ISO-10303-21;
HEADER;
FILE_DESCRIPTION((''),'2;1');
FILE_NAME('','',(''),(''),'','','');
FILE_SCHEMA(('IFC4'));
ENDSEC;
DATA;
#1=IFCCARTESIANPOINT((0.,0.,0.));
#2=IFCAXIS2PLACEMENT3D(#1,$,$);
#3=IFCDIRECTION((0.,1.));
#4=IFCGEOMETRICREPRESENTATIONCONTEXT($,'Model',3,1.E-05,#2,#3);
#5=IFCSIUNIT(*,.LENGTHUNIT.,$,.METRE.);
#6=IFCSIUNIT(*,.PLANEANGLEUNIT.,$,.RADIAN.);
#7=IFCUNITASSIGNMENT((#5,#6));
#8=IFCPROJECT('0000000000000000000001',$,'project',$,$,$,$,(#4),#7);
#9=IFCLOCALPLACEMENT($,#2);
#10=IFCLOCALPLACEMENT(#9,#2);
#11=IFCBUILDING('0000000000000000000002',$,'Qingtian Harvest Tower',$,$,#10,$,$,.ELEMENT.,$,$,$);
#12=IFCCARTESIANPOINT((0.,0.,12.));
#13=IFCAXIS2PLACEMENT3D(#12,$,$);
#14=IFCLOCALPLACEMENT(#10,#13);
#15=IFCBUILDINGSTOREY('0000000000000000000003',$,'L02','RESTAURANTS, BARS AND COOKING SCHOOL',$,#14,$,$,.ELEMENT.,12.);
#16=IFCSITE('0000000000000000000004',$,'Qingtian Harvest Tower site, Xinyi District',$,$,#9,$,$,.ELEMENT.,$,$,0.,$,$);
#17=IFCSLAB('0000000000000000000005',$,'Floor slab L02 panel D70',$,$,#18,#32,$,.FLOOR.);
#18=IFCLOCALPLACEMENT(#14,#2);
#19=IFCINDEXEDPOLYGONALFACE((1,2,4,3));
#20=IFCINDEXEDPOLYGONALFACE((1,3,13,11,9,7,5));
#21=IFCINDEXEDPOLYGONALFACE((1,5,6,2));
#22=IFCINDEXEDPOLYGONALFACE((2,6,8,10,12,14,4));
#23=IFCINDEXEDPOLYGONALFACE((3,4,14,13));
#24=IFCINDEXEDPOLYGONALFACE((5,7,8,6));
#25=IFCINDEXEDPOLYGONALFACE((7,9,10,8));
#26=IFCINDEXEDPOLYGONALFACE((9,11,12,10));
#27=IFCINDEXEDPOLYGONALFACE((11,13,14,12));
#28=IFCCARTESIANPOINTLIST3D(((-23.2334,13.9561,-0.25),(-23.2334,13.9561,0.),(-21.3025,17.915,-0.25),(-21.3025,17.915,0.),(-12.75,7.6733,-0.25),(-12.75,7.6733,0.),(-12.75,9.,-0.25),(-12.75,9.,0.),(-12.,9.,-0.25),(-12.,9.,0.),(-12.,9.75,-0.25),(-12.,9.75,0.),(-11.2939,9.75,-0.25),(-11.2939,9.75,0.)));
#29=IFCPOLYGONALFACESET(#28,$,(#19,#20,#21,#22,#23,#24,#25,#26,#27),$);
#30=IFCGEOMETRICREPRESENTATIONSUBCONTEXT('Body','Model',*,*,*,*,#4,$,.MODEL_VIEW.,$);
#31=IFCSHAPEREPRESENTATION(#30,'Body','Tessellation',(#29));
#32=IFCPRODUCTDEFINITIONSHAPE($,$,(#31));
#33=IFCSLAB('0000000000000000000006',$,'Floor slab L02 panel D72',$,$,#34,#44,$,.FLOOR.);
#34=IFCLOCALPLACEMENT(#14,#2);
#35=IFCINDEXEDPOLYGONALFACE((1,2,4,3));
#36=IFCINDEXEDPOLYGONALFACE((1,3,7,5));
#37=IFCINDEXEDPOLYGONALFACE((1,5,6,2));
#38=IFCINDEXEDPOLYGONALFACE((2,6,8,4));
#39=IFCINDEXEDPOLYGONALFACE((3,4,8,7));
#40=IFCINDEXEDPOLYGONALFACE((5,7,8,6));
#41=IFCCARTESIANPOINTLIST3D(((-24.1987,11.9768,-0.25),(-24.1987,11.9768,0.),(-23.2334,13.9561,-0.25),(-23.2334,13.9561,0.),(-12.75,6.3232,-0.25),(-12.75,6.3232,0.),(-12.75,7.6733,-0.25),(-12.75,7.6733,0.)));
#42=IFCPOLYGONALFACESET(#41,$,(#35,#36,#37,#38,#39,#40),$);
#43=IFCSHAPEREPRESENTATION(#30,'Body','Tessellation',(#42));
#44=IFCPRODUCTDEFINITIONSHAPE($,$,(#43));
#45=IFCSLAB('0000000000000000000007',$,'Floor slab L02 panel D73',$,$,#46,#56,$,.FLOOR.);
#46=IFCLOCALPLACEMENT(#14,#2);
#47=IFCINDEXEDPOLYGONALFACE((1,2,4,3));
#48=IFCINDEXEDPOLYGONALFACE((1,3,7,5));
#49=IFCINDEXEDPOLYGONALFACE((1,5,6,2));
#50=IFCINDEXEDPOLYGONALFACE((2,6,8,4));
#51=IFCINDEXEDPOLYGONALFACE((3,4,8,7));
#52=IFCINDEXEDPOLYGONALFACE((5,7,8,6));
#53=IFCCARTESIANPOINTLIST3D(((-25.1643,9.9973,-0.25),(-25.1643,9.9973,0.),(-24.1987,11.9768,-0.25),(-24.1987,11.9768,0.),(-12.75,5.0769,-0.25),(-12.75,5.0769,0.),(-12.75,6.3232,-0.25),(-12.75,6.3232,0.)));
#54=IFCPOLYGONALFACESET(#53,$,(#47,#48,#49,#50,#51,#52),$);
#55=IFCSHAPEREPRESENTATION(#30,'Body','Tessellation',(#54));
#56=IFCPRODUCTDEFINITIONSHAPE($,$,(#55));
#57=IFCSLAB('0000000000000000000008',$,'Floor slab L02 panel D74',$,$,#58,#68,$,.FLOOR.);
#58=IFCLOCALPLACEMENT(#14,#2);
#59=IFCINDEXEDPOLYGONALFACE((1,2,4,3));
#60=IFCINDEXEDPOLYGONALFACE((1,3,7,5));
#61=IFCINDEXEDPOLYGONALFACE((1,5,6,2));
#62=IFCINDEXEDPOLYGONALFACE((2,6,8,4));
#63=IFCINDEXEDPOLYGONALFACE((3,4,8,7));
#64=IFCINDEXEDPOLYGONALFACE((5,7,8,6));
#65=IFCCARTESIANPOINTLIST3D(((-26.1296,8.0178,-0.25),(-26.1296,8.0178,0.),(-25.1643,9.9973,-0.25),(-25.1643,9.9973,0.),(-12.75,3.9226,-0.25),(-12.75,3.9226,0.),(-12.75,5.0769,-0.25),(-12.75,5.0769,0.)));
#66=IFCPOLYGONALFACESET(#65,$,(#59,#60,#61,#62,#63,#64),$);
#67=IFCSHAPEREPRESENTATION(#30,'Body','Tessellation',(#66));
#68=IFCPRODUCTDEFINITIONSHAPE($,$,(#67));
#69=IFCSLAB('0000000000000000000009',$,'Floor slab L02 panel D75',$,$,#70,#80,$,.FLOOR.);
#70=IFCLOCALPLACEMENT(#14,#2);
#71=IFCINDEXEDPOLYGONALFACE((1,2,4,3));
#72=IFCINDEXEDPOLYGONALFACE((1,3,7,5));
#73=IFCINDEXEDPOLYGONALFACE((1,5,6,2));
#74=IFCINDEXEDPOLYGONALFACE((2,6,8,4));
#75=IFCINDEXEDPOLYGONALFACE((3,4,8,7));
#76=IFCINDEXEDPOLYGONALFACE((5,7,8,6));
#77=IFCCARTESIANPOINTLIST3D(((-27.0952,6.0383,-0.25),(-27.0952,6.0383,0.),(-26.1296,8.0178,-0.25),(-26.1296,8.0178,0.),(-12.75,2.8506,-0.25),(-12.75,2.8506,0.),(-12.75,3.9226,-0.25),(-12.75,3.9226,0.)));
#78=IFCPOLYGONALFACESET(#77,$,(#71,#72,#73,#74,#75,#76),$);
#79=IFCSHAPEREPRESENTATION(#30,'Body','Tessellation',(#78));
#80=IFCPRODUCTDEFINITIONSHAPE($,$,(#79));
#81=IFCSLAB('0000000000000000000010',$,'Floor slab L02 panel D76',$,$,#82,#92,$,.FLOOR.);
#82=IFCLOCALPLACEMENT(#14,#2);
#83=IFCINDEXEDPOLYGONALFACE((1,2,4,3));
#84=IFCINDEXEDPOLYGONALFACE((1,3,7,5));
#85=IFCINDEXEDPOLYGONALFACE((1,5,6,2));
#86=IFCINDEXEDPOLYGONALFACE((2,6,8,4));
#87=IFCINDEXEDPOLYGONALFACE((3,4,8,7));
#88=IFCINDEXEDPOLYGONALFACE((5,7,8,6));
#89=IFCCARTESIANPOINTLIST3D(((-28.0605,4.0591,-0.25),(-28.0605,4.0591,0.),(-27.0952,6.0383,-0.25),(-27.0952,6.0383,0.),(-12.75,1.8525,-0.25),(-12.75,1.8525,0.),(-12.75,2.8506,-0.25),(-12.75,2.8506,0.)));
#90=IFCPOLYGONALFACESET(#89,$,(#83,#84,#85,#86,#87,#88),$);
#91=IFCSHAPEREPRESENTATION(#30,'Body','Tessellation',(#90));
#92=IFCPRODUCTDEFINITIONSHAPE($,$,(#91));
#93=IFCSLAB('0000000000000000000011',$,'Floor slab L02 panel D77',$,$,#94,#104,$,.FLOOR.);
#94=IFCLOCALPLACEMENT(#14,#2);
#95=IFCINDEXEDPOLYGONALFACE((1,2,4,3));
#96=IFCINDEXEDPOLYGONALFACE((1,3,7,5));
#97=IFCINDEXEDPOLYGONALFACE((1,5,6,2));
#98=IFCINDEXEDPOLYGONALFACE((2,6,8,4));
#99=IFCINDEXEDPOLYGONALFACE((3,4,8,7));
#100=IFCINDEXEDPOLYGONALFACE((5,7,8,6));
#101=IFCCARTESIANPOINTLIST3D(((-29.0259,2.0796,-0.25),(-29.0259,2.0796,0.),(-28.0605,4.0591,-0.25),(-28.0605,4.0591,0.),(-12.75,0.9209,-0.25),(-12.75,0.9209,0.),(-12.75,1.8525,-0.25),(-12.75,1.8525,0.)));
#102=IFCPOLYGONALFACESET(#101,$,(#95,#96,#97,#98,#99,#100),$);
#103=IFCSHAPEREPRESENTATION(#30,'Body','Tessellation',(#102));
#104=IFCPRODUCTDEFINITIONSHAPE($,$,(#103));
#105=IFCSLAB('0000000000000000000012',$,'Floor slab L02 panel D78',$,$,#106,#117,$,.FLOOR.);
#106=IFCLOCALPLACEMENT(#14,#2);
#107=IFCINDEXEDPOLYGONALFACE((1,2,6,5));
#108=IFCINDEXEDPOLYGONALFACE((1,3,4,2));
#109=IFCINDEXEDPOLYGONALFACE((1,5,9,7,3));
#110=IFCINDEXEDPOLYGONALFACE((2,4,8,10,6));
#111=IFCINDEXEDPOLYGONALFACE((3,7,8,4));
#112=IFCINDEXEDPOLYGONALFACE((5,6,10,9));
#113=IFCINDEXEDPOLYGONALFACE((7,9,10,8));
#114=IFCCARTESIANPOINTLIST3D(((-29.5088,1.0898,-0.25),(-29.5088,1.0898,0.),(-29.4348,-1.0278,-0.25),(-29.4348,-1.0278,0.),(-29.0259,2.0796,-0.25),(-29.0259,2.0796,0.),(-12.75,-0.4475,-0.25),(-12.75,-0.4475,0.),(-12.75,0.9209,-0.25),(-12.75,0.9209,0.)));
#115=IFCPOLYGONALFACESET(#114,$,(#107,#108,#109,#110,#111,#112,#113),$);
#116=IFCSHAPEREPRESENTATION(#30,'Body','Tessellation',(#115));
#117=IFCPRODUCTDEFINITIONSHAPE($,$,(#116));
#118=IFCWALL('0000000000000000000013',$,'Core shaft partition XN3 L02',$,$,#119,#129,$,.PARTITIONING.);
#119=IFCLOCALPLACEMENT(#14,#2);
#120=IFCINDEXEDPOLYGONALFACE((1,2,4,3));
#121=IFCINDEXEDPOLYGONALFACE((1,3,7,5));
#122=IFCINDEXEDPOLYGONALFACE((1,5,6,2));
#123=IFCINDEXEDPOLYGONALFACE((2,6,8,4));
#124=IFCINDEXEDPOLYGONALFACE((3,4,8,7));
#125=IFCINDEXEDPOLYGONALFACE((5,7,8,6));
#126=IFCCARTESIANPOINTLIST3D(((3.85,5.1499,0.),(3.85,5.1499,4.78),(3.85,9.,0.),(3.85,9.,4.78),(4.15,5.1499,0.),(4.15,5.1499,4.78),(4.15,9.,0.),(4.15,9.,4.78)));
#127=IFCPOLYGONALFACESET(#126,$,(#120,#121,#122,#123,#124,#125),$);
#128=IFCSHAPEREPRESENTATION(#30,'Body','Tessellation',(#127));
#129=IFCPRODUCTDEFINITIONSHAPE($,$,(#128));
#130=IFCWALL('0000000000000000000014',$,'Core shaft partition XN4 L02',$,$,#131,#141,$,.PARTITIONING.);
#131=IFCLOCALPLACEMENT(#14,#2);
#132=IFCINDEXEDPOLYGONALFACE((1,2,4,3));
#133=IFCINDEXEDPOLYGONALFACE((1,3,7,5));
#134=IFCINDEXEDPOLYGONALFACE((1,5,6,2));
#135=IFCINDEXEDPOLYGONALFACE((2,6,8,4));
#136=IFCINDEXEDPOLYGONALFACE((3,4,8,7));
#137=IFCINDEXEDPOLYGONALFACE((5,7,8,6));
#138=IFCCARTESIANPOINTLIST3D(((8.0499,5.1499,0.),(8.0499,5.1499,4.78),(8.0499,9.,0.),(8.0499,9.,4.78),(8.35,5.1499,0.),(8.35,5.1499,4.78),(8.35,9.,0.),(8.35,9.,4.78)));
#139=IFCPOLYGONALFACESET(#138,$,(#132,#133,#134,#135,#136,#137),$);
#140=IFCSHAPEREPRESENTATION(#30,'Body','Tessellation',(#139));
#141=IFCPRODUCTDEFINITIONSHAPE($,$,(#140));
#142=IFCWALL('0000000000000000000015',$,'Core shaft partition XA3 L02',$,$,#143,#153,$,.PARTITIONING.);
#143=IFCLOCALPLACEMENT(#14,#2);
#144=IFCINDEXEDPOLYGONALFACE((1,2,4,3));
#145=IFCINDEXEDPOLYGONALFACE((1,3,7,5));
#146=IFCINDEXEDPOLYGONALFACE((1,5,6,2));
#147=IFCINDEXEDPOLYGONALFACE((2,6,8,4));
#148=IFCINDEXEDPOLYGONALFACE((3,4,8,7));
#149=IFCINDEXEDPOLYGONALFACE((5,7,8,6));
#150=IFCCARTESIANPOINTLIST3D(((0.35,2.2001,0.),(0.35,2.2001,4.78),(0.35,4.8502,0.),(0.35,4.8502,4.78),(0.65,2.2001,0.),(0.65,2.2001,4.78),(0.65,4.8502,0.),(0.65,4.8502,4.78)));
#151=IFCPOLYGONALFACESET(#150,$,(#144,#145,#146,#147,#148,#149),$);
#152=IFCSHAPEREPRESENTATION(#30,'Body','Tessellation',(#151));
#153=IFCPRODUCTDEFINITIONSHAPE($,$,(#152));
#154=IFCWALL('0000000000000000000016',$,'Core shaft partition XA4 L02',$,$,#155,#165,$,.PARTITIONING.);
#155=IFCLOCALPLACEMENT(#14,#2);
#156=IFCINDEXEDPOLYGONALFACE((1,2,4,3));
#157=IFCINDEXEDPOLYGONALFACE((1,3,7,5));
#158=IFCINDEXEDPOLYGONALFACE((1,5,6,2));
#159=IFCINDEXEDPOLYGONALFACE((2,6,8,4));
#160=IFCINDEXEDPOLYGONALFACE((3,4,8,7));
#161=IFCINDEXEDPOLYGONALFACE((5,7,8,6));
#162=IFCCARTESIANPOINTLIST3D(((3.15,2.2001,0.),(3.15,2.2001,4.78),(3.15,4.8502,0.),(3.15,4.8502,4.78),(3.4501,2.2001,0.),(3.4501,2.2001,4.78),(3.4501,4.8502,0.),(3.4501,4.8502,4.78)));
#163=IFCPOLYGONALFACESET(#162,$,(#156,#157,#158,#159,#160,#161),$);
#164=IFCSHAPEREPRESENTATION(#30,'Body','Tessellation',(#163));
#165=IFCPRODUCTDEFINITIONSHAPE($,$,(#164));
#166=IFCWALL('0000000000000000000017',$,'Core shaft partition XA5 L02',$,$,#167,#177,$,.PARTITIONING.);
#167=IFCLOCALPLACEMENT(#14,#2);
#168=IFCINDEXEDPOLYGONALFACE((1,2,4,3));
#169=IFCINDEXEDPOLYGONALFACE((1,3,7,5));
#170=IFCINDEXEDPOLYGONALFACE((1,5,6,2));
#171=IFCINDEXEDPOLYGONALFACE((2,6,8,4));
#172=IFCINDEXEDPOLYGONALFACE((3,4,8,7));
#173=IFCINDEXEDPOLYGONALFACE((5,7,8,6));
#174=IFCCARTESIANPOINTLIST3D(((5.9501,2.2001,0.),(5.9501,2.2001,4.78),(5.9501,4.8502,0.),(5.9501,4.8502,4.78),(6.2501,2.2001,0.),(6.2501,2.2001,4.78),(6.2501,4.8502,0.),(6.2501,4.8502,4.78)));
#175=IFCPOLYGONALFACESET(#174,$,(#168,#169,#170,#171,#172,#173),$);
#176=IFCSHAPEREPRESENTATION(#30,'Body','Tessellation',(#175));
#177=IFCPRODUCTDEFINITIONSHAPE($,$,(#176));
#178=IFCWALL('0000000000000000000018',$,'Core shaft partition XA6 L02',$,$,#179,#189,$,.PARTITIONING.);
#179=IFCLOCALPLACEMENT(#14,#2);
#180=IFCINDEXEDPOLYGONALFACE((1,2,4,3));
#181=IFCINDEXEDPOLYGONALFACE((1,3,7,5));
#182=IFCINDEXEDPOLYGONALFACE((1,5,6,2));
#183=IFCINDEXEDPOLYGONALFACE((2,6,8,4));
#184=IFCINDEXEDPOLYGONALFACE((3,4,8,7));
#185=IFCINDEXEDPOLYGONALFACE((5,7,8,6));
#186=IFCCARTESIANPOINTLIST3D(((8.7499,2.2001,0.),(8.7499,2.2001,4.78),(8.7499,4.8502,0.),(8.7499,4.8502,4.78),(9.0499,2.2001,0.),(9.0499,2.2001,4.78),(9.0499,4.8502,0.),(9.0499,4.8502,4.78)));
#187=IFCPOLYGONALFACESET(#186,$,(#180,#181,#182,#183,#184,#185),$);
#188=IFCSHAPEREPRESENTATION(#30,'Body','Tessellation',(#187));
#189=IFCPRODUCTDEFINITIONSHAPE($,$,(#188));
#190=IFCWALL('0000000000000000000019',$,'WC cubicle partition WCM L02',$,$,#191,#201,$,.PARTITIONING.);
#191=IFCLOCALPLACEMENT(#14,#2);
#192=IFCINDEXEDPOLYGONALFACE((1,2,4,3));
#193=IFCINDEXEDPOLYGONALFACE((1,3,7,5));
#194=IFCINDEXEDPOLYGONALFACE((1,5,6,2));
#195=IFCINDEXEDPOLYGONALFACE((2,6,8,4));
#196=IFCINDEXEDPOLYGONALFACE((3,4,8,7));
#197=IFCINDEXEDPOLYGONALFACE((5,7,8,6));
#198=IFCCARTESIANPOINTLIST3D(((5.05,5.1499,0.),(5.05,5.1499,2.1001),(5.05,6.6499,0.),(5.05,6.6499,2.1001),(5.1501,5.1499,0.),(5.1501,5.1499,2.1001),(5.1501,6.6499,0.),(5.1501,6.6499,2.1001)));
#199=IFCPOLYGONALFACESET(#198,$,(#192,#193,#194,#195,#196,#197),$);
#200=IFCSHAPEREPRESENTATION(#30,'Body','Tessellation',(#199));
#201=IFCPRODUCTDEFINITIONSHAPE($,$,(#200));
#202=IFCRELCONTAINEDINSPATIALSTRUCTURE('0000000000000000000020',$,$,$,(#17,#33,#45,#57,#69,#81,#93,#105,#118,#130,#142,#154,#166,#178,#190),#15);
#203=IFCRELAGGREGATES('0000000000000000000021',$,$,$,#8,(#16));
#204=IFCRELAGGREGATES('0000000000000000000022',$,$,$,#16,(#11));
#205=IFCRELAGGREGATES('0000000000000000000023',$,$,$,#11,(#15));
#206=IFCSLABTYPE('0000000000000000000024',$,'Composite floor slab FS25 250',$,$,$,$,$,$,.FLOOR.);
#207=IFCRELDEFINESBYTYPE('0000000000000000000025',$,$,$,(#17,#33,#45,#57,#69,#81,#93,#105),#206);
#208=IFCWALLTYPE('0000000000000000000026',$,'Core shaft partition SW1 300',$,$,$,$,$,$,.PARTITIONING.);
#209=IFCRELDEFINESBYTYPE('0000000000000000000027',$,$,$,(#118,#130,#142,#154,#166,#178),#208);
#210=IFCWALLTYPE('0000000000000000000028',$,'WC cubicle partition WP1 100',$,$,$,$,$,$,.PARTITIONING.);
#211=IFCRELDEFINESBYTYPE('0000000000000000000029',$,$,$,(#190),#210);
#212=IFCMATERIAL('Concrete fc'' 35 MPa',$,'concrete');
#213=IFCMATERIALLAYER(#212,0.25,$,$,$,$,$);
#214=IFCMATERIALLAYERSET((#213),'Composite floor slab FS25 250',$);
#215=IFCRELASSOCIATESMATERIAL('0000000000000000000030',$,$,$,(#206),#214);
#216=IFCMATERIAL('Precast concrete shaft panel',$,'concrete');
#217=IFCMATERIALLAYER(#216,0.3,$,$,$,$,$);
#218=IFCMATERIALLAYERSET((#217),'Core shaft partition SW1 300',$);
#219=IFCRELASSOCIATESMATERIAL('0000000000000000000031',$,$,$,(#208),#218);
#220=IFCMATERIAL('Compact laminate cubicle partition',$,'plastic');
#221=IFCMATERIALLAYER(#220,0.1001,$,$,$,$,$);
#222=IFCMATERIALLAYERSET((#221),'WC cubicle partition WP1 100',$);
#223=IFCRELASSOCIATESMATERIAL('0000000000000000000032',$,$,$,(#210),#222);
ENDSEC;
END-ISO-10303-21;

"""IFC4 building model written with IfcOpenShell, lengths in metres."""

from ifc_helpers import new_model, si_unit, direction, frame, frame_2d, origin, place, context, subcontext, project, spatial, polyline, rectangle, outline, extrude, material, layer, layer_set, type_object, element, save


model = new_model("IFC4")

# Units and contexts
model_context = context("Model", 3, precision=1e-05, world=origin(), true_north=direction((0.0, 1.0)))
body_context = subcontext(model_context, "Body", "Model", "MODEL_VIEW")
ifc_project = project(units=[si_unit("LENGTHUNIT", "METRE"), si_unit("PLANEANGLEUNIT", "RADIAN")], contexts=[model_context])

# Site, building, storey
site_placement = place(None, origin())
site = spatial("IfcSite", under=ifc_project, at=site_placement, Name="Qingtian Harvest Tower site, Xinyi District", CompositionType="ELEMENT", RefElevation=0.0)
building_placement = place(site_placement, origin())
building = spatial("IfcBuilding", under=site, at=building_placement, Name="Qingtian Harvest Tower", CompositionType="ELEMENT")
storey_placement = place(building_placement, frame((0.0, 0.0, 12.0)))
storey = spatial("IfcBuildingStorey", under=building, at=storey_placement, Name="L02", Description="RESTAURANTS, BARS AND COOKING SCHOOL", CompositionType="ELEMENT", Elevation=12.0)

# Slabs
ifc_material_1 = material(Name="Concrete fc' 35 MPa", Category="concrete")
ifc_layer_1 = layer(ifc_material_1, 0.25)
ifc_layer_set_1 = layer_set([ifc_layer_1], Name="Composite floor slab FS25 250")
slab_type = type_object("IfcSlabType", Name="Composite floor slab FS25 250", PredefinedType="FLOOR", material=ifc_layer_set_1)
slab_1_placement = place(storey_placement, frame((0.0, 0.0, -0.25)))
element("IfcSlab", 1, at=slab_1_placement, inside=storey, type_object=slab_type, Name="Floor slab L02 panel D70", PredefinedType="FLOOR", context=body_context, shape_type="SweptSolid", body=[
    extrude(outline(polyline([(-12.0, 9.0), (-12.75, 9.0), (-12.75, 7.6733), (-23.2334, 13.9561), (-21.3025, 17.915), (-11.2939, 9.75), (-12.0, 9.75), (-12.0, 9.0)])), origin(), (0.0, 0.0, 1.0), 0.25),
])
slab_2_placement = place(storey_placement, frame((0.0, 0.0, -0.25)))
element("IfcSlab", 2, at=slab_2_placement, inside=storey, type_object=slab_type, Name="Floor slab L02 panel D72", PredefinedType="FLOOR", context=body_context, shape_type="SweptSolid", body=[
    extrude(outline(polyline([(-12.75, 6.3232), (-24.1987, 11.9768), (-23.2334, 13.9561), (-12.75, 7.6733), (-12.75, 6.3232)])), origin(), (0.0, 0.0, 1.0), 0.25),
])
slab_3_placement = place(storey_placement, frame((0.0, 0.0, -0.25)))
element("IfcSlab", 3, at=slab_3_placement, inside=storey, type_object=slab_type, Name="Floor slab L02 panel D73", PredefinedType="FLOOR", context=body_context, shape_type="SweptSolid", body=[
    extrude(outline(polyline([(-12.75, 5.0769), (-25.1643, 9.9973), (-24.1987, 11.9768), (-12.75, 6.3232), (-12.75, 5.0769)])), origin(), (0.0, 0.0, 1.0), 0.25),
])
slab_4_placement = place(storey_placement, frame((0.0, 0.0, -0.25)))
element("IfcSlab", 4, at=slab_4_placement, inside=storey, type_object=slab_type, Name="Floor slab L02 panel D74", PredefinedType="FLOOR", context=body_context, shape_type="SweptSolid", body=[
    extrude(outline(polyline([(-12.75, 3.9226), (-26.1296, 8.0178), (-25.1643, 9.9973), (-12.75, 5.0769), (-12.75, 3.9226)])), origin(), (0.0, 0.0, 1.0), 0.25),
])
slab_5_placement = place(storey_placement, frame((0.0, 0.0, -0.25)))
element("IfcSlab", 5, at=slab_5_placement, inside=storey, type_object=slab_type, Name="Floor slab L02 panel D75", PredefinedType="FLOOR", context=body_context, shape_type="SweptSolid", body=[
    extrude(outline(polyline([(-12.75, 2.8506), (-27.0952, 6.0383), (-26.1296, 8.0178), (-12.75, 3.9226), (-12.75, 2.8506)])), origin(), (0.0, 0.0, 1.0), 0.25),
])
slab_6_placement = place(storey_placement, frame((0.0, 0.0, -0.25)))
element("IfcSlab", 6, at=slab_6_placement, inside=storey, type_object=slab_type, Name="Floor slab L02 panel D76", PredefinedType="FLOOR", context=body_context, shape_type="SweptSolid", body=[
    extrude(outline(polyline([(-12.75, 1.8525), (-28.0605, 4.0591), (-27.0952, 6.0383), (-12.75, 2.8506), (-12.75, 1.8525)])), origin(), (0.0, 0.0, 1.0), 0.25),
])
slab_7_placement = place(storey_placement, frame((0.0, 0.0, -0.25)))
element("IfcSlab", 7, at=slab_7_placement, inside=storey, type_object=slab_type, Name="Floor slab L02 panel D77", PredefinedType="FLOOR", context=body_context, shape_type="SweptSolid", body=[
    extrude(outline(polyline([(-12.75, 0.9209), (-29.0259, 2.0796), (-28.0605, 4.0591), (-12.75, 1.8525), (-12.75, 0.9209)])), origin(), (0.0, 0.0, 1.0), 0.25),
])
slab_8_placement = place(storey_placement, frame((0.0, 0.0, -0.25)))
element("IfcSlab", 8, at=slab_8_placement, inside=storey, type_object=slab_type, Name="Floor slab L02 panel D78", PredefinedType="FLOOR", context=body_context, shape_type="SweptSolid", body=[
    extrude(outline(polyline([(-12.75, 0.9209), (-12.75, -0.4475), (-29.4348, -1.0278), (-29.5088, 1.0898), (-29.0259, 2.0796), (-12.75, 0.9209)])), origin(), (0.0, 0.0, 1.0), 0.25),
])

# Shared definitions
ifc_material_2 = material(Name="Precast concrete shaft panel", Category="concrete")
ifc_layer_2 = layer(ifc_material_2, 0.3)
ifc_layer_set_2 = layer_set([ifc_layer_2], Name="Core shaft partition SW1 300")
wall_type_1 = type_object("IfcWallType", Name="Core shaft partition SW1 300", PredefinedType="PARTITIONING", material=ifc_layer_set_2)

# Walls
for number, where, z_axis, x_axis, name in (
    (9, (4.0, 5.1499, 0.0), (0.0, 0.0, 1.0), (0.0, 1.0, 0.0), "Core shaft partition XN3 L02"),
    (10, (8.2, 5.1499, 0.0), (0.0, 0.0, 1.0), (0.0, 1.0, 0.0), "Core shaft partition XN4 L02"),
):
    element("IfcWall", number, at=place(storey_placement, frame(where, z_axis=z_axis, x_axis=x_axis)), inside=storey, type_object=wall_type_1, Name=name, PredefinedType="PARTITIONING", context=body_context, shape_type="SweptSolid", body=[
        extrude(rectangle(XDim=3.8501, YDim=0.3, at=frame_2d((1.925, 0.0))), origin(), (0.0, 0.0, 1.0), 4.78),
    ])
for number, where, z_axis, x_axis, name in (
    (11, (0.5, 2.2, 0.0), (0.0, 0.0, 1.0), (0.0, 1.0, 0.0), "Core shaft partition XA3 L02"),
    (12, (3.3, 2.2, 0.0), (0.0, 0.0, 1.0), (0.0, 1.0, 0.0), "Core shaft partition XA4 L02"),
    (13, (6.1001, 2.2, 0.0), (0.0, 0.0, 1.0), (0.0, 1.0, 0.0), "Core shaft partition XA5 L02"),
    (14, (8.8999, 2.2, 0.0), (0.0, 0.0, 1.0), (0.0, 1.0, 0.0), "Core shaft partition XA6 L02"),
):
    element("IfcWall", number, at=place(storey_placement, frame(where, z_axis=z_axis, x_axis=x_axis)), inside=storey, type_object=wall_type_1, Name=name, PredefinedType="PARTITIONING", context=body_context, shape_type="SweptSolid", body=[
        extrude(rectangle(XDim=2.6501, YDim=0.3, at=frame_2d((1.3252, 0.0))), origin(), (0.0, 0.0, 1.0), 4.78),
    ])

# Wall
ifc_material_3 = material(Name="Compact laminate cubicle partition", Category="plastic")
ifc_layer_3 = layer(ifc_material_3, 0.1001)
ifc_layer_set_3 = layer_set([ifc_layer_3], Name="WC cubicle partition WP1 100")
wall_type_2 = type_object("IfcWallType", Name="WC cubicle partition WP1 100", PredefinedType="PARTITIONING", material=ifc_layer_set_3)
for number, where, z_axis, x_axis, name in (
    (15, (5.1001, 5.1499, 0.0), (0.0, 0.0, 1.0), (0.0, 1.0, 0.0), "WC cubicle partition WCM L02"),
):
    element("IfcWall", number, at=place(storey_placement, frame(where, z_axis=z_axis, x_axis=x_axis)), inside=storey, type_object=wall_type_2, Name=name, PredefinedType="PARTITIONING", context=body_context, shape_type="SweptSolid", body=[
        extrude(rectangle(XDim=1.5, YDim=0.1001, at=frame_2d((0.75, 0.0))), origin(), (0.0, 0.0, 1.0), 2.1001),
    ])

save(model, "model.ifc")
